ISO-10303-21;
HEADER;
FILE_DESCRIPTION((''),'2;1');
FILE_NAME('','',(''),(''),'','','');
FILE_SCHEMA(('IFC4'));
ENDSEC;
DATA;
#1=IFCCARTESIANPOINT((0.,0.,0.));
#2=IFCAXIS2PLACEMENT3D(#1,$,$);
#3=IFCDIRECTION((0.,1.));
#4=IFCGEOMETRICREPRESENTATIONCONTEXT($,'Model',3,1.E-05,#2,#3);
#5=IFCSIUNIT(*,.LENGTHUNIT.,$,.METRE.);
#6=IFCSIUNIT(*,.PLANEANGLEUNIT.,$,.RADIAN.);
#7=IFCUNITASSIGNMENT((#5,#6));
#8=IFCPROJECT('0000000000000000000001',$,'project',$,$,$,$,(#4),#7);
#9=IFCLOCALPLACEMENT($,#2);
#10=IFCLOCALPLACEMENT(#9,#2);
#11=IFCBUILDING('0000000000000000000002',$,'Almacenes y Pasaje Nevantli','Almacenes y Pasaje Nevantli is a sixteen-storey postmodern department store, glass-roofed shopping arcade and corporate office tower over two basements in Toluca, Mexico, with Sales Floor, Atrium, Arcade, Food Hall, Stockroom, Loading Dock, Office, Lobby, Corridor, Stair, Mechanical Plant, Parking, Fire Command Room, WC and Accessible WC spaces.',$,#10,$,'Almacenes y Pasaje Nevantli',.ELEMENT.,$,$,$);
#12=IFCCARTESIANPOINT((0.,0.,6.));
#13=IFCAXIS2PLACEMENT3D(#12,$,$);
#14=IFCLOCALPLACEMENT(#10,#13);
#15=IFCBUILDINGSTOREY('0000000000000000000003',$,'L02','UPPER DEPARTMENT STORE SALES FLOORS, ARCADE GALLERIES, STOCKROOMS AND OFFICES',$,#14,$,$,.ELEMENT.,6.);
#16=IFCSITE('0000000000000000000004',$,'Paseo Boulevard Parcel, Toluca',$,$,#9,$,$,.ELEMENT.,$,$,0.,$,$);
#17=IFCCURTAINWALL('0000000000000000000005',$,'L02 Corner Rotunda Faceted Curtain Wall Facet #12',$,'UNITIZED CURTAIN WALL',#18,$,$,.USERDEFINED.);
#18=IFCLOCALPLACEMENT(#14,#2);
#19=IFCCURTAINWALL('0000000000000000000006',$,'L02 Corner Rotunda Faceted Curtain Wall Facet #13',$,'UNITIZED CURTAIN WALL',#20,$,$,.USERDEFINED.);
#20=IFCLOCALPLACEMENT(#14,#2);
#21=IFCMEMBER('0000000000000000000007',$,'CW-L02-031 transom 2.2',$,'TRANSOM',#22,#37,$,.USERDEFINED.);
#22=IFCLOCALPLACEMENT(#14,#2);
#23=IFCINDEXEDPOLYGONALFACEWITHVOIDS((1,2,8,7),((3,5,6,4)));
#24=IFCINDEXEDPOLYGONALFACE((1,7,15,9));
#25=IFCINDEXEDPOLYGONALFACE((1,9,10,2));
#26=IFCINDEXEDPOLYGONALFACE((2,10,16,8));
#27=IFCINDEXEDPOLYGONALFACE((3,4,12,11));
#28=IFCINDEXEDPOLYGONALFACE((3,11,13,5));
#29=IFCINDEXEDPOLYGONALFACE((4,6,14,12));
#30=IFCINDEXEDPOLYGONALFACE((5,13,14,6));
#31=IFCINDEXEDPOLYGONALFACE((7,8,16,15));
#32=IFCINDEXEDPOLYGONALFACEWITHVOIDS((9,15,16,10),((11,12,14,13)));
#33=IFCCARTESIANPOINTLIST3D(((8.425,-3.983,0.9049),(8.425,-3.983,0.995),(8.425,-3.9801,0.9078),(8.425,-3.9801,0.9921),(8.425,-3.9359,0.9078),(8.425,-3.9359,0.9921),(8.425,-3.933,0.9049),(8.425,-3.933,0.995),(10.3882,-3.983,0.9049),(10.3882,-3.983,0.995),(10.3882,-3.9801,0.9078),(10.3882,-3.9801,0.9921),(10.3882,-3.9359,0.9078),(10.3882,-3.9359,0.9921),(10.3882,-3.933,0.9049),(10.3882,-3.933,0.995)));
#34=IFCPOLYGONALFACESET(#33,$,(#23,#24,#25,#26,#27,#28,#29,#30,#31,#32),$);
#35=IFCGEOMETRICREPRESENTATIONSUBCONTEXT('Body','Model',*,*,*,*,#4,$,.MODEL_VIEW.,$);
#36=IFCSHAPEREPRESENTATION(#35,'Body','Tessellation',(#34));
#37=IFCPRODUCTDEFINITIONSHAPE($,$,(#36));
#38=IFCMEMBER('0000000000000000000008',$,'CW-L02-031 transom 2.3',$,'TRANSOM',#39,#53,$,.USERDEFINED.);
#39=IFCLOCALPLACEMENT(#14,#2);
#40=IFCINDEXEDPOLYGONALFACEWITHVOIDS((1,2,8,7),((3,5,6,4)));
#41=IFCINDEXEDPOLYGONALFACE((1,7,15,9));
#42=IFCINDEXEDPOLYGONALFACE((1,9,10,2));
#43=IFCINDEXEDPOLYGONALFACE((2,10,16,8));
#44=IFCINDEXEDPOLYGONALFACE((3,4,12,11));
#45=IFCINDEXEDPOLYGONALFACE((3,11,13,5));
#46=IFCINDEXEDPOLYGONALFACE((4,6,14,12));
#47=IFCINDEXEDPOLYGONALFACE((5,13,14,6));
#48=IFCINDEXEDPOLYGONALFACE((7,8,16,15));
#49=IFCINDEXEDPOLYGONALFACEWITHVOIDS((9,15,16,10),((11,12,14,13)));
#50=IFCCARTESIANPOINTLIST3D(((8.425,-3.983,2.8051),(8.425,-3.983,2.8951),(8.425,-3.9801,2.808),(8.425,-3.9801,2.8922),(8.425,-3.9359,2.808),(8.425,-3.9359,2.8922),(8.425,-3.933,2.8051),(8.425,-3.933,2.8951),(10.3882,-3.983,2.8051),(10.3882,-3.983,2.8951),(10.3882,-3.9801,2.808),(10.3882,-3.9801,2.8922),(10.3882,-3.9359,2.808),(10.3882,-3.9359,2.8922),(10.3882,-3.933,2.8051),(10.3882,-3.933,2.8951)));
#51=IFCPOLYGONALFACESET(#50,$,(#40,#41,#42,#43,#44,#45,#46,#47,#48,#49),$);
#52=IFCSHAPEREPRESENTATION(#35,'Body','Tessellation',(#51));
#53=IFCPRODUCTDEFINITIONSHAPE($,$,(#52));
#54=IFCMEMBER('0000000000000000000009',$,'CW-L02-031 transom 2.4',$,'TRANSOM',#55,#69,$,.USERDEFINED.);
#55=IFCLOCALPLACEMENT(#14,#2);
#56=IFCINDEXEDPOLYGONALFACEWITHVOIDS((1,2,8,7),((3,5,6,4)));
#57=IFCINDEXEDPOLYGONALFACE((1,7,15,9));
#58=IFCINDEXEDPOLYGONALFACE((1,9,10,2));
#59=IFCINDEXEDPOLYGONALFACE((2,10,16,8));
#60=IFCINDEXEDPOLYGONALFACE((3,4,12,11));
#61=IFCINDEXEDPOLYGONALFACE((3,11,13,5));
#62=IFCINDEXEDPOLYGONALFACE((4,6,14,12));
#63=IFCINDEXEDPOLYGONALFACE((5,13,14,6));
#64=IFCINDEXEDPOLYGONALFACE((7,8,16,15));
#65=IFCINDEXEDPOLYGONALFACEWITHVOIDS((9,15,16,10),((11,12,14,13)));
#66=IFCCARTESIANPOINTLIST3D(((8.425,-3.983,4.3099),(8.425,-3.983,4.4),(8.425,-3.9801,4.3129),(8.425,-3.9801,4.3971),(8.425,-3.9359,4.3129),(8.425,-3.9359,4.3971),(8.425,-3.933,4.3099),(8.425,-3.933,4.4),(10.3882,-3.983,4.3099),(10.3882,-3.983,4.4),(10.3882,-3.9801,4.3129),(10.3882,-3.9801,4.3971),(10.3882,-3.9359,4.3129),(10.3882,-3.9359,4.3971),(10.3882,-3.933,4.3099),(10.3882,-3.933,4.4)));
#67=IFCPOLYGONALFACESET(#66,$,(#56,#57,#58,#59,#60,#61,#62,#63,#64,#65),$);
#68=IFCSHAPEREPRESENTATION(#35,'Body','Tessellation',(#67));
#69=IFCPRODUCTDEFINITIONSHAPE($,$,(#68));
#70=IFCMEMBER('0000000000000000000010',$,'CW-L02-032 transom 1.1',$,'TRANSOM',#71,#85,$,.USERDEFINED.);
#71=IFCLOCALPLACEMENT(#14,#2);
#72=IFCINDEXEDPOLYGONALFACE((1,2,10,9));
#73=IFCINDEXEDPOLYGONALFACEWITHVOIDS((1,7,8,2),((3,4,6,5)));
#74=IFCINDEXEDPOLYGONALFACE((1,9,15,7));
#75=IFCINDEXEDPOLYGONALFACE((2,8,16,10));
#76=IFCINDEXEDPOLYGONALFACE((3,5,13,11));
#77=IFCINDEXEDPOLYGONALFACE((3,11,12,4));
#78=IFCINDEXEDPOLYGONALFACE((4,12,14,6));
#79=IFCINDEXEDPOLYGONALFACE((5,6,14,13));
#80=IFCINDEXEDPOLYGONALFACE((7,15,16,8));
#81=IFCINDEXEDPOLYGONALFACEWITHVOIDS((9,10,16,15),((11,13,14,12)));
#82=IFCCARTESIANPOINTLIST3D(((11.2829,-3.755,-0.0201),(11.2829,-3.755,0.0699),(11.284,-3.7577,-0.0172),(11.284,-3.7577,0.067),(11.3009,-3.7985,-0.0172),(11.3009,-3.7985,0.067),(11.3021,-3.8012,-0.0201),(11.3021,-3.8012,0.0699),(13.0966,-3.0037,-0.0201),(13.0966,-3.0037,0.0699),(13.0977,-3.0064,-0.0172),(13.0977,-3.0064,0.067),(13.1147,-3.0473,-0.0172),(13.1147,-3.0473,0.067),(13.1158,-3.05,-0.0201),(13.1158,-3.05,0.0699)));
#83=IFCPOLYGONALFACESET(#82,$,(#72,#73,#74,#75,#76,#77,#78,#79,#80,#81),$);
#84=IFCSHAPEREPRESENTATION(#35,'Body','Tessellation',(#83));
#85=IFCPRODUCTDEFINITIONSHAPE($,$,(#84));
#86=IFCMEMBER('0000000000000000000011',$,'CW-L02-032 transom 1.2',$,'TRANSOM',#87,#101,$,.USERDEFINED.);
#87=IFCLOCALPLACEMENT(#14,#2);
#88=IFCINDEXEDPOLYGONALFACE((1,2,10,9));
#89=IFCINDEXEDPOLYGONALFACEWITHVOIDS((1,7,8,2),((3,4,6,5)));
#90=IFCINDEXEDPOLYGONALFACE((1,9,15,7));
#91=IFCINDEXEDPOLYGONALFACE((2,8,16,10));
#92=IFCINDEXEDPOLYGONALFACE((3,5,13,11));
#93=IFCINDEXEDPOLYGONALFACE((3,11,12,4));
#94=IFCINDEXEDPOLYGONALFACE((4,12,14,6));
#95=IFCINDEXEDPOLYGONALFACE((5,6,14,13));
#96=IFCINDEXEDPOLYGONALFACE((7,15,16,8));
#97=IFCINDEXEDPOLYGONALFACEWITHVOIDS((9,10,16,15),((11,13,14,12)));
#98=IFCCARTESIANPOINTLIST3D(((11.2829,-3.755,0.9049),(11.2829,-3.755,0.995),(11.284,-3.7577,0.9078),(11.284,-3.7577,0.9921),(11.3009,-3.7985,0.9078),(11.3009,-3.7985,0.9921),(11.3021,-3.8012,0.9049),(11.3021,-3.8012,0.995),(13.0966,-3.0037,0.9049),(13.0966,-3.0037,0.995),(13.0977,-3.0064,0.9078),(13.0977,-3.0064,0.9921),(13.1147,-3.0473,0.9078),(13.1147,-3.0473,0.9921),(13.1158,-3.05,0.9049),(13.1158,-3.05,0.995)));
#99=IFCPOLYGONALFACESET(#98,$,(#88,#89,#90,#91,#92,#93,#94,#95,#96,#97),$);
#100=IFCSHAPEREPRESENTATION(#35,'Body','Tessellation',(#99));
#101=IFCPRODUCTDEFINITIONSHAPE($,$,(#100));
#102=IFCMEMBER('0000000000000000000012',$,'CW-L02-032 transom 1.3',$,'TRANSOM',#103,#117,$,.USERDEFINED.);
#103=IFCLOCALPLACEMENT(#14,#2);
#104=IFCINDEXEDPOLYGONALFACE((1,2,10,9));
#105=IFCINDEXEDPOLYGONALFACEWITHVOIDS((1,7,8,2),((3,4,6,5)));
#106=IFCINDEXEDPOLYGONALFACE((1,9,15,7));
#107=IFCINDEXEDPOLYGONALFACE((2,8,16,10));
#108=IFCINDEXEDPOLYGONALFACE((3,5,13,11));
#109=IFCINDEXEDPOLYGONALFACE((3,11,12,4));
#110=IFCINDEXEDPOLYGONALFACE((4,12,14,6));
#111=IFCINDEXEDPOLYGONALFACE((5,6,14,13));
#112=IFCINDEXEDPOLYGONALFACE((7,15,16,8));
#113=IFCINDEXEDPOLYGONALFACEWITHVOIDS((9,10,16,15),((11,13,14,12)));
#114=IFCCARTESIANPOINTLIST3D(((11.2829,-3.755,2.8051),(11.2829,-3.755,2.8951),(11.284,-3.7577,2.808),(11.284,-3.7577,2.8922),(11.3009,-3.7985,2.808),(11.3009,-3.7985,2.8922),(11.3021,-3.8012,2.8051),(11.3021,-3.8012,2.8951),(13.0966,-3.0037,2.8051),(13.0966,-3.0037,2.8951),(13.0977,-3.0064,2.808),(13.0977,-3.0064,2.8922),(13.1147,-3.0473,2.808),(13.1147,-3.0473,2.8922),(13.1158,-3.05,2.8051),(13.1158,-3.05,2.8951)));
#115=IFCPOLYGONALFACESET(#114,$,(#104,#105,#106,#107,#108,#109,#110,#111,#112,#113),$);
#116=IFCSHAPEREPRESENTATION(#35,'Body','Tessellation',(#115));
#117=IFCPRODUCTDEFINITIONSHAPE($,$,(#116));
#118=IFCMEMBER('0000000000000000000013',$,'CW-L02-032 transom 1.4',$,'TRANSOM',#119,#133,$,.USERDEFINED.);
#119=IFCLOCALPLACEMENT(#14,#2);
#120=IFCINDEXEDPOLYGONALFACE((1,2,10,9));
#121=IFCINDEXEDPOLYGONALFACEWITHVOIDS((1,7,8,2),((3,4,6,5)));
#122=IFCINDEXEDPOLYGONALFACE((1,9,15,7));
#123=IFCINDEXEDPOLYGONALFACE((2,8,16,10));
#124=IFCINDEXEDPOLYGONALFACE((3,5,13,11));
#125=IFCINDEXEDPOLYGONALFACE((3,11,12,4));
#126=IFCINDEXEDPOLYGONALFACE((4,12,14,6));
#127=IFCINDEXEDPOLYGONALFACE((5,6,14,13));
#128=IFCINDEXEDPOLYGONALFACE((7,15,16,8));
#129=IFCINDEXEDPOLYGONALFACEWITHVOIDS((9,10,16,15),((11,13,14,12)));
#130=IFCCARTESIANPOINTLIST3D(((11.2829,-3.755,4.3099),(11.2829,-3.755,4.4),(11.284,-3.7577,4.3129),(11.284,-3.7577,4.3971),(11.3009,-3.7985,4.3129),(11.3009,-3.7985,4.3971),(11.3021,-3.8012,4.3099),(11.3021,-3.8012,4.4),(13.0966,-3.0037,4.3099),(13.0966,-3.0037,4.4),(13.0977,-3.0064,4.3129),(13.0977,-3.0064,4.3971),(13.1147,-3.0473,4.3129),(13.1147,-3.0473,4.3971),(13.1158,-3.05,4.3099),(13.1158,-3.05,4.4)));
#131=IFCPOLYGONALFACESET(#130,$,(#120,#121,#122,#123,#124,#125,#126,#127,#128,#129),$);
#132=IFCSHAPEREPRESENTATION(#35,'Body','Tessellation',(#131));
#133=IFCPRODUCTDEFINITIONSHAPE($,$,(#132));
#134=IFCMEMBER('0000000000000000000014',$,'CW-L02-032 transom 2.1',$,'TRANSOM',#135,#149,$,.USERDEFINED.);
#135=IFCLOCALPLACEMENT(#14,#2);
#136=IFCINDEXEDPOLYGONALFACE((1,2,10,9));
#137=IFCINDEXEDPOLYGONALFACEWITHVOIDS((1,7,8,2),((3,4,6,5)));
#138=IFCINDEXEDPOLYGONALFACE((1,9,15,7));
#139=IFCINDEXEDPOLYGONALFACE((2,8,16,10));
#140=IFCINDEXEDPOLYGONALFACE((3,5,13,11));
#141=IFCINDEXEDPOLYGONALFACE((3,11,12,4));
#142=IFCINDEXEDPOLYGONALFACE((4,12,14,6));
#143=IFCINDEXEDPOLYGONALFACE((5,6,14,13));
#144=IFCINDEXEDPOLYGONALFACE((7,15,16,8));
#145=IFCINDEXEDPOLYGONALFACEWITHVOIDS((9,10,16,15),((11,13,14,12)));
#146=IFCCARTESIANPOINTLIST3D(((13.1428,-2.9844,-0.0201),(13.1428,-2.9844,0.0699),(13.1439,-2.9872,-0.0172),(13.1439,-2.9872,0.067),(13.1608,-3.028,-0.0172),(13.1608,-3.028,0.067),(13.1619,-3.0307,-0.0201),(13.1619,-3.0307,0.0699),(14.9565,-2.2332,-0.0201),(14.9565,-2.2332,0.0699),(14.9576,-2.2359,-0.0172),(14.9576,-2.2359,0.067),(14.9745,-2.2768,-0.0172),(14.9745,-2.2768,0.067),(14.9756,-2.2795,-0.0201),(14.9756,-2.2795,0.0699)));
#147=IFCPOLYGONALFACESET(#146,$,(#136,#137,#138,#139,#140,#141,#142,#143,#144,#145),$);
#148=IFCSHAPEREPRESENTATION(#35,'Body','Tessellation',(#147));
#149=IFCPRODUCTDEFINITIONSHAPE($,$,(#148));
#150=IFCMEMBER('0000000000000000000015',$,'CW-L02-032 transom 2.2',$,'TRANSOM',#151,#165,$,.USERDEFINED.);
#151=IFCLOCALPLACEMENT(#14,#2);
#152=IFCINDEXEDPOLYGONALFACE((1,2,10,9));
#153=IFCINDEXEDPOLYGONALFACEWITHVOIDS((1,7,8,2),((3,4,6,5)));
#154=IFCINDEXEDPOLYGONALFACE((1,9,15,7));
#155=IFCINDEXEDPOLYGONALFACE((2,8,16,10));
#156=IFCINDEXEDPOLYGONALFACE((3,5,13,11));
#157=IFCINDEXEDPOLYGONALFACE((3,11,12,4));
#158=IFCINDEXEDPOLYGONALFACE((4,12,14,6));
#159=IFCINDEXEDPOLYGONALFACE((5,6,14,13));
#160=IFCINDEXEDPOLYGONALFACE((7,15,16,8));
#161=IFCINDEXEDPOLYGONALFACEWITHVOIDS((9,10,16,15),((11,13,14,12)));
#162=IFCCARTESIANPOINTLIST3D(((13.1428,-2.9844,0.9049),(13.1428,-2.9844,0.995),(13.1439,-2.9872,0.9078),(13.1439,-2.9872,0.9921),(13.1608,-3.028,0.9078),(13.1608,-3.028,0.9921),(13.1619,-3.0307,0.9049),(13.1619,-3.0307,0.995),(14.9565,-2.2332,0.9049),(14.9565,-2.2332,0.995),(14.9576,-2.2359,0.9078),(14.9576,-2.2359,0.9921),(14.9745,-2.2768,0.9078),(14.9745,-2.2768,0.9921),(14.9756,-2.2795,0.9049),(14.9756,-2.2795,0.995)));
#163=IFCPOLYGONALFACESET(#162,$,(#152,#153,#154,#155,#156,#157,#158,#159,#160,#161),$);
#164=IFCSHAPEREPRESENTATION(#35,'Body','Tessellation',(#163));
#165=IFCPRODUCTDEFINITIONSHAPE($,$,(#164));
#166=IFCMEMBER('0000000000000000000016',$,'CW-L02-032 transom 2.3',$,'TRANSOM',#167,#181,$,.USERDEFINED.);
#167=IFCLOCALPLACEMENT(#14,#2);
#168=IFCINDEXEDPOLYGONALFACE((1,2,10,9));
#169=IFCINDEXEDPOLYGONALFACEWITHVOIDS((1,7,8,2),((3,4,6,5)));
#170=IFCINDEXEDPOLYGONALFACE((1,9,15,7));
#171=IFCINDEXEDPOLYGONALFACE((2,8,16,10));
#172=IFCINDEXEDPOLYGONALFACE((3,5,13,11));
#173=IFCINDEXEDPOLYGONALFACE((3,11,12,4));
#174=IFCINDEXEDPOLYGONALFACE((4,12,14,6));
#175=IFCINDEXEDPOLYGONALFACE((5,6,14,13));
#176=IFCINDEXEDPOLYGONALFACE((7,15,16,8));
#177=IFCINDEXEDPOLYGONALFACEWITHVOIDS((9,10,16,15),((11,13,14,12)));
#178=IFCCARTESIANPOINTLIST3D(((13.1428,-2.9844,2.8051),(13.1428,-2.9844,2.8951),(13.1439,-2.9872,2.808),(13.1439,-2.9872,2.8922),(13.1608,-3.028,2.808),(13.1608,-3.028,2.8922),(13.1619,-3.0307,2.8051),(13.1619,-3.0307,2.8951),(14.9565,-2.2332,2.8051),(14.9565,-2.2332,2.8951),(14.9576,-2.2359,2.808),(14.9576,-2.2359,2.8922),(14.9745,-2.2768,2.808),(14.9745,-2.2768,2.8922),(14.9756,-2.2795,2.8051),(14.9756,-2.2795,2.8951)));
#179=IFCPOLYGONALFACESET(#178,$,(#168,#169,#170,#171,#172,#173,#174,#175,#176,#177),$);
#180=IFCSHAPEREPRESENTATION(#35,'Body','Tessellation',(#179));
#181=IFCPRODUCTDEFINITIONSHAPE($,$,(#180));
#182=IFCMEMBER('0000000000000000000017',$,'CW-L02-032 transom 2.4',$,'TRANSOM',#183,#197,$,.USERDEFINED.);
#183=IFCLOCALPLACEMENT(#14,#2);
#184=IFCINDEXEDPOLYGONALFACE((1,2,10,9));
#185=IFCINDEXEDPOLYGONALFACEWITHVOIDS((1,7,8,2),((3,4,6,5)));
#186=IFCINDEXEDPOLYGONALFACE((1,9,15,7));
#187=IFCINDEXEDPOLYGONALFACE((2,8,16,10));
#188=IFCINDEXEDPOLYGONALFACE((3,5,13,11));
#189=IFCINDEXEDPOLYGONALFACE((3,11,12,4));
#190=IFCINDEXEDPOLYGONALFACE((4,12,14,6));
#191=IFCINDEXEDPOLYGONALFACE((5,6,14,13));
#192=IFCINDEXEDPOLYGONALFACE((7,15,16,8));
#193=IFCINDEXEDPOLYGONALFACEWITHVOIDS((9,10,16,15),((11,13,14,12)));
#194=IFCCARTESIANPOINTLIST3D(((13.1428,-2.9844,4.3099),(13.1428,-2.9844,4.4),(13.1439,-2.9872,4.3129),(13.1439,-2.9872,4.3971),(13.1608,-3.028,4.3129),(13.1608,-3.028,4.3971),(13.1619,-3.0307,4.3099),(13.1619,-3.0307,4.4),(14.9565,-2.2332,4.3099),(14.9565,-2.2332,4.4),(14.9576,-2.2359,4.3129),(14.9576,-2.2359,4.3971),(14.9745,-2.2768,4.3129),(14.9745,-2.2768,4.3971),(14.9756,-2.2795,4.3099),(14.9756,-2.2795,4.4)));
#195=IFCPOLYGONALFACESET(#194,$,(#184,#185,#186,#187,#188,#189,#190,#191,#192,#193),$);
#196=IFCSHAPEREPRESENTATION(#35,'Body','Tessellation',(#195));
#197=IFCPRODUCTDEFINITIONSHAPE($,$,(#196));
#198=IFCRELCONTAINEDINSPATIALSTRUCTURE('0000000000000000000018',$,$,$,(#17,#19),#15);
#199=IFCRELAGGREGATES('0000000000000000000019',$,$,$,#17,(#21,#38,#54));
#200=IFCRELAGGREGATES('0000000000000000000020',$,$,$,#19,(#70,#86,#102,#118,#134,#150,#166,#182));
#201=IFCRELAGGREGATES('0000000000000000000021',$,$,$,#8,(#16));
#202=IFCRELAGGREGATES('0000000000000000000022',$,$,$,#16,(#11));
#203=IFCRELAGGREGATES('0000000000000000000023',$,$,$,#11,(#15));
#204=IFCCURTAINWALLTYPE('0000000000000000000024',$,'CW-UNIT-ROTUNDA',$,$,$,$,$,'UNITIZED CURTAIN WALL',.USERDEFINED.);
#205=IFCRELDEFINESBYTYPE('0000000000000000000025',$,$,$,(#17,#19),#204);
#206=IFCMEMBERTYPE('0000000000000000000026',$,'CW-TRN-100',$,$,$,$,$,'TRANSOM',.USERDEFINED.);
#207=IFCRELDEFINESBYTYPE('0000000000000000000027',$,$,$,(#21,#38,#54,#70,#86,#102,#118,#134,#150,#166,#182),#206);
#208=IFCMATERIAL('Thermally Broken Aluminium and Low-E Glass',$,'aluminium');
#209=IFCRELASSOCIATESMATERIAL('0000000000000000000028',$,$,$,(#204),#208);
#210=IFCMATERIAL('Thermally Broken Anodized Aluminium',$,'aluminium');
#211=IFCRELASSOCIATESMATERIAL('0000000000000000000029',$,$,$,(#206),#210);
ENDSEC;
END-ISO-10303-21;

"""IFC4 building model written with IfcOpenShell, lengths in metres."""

from ifc_helpers import new_model, si_unit, direction, frame, origin, origin_2d, place, context, subcontext, project, spatial, hollow_rectangle, extrude, material, material_profile, profile_set, type_object, element, aggregate, save


model = new_model("IFC4")

# Units and contexts
model_context = context("Model", 3, precision=1e-05, world=origin(), true_north=direction((0.0, 1.0)))
body_context = subcontext(model_context, "Body", "Model", "MODEL_VIEW")
ifc_project = project(units=[si_unit("LENGTHUNIT", "METRE"), si_unit("PLANEANGLEUNIT", "RADIAN")], contexts=[model_context])

# Site, building, storey
site_placement = place(None, origin())
site = spatial("IfcSite", under=ifc_project, at=site_placement, Name="Paseo Boulevard Parcel, Toluca", CompositionType="ELEMENT", RefElevation=0.0)
building_placement = place(site_placement, origin())
building = spatial("IfcBuilding", under=site, at=building_placement, Name="Almacenes y Pasaje Nevantli", Description="Almacenes y Pasaje Nevantli is a sixteen-storey postmodern department store, glass-roofed shopping arcade and corporate office tower over two basements in Toluca, Mexico, with Sales Floor, Atrium, Arcade, Food Hall, Stockroom, Loading Dock, Office, Lobby, Corridor, Stair, Mechanical Plant, Parking, Fire Command Room, WC and Accessible WC spaces.", LongName="Almacenes y Pasaje Nevantli", CompositionType="ELEMENT")
storey_placement = place(building_placement, frame((0.0, 0.0, 6.0)))
storey = spatial("IfcBuildingStorey", under=building, at=storey_placement, Name="L02", Description="UPPER DEPARTMENT STORE SALES FLOORS, ARCADE GALLERIES, STOCKROOMS AND OFFICES", CompositionType="ELEMENT", Elevation=6.0)

# Curtain wall
ifc_material_1 = material(Name="Thermally Broken Aluminium and Low-E Glass", Category="aluminium")
curtain_wall_type = type_object("IfcCurtainWallType", Name="CW-UNIT-ROTUNDA", ElementType="UNITIZED CURTAIN WALL", PredefinedType="USERDEFINED", material=ifc_material_1)
curtain_wall_1_placement = place(storey_placement, origin())
curtain_wall_1 = element("IfcCurtainWall", 1, at=curtain_wall_1_placement, inside=storey, type_object=curtain_wall_type, Name="L02 Corner Rotunda Faceted Curtain Wall Facet #12", ObjectType="UNITIZED CURTAIN WALL", PredefinedType="USERDEFINED")

# Curtain wall
curtain_wall_2_placement = place(storey_placement, origin())
curtain_wall_2 = element("IfcCurtainWall", 2, at=curtain_wall_2_placement, inside=storey, type_object=curtain_wall_type, Name="L02 Corner Rotunda Faceted Curtain Wall Facet #13", ObjectType="UNITIZED CURTAIN WALL", PredefinedType="USERDEFINED")

# Members
ifc_material_2 = material(Name="Thermally Broken Anodized Aluminium", Category="aluminium")
ifc_material_profile_1 = material_profile(ifc_material_2, hollow_rectangle(XDim=0.05, YDim=0.0901, WallThickness=0.0029, at=origin_2d()), Name="ALU-TRN-50x90")
ifc_profile_set_1 = profile_set([ifc_material_profile_1], Name="Thermally Broken Anodized Aluminium")
member_type_1 = type_object("IfcMemberType", Name="CW-TRN-100", ElementType="TRANSOM", PredefinedType="USERDEFINED", material=ifc_profile_set_1)
member_1_placement = place(storey_placement, frame((8.425, -3.958, 0.95), z_axis=(1.0, 0.0, 0.0), x_axis=(0.0, 1.0, 0.0)))
member_1 = element("IfcMember", 3, at=member_1_placement, type_object=member_type_1, Name="CW-L02-031 transom 2.2", ObjectType="TRANSOM", PredefinedType="USERDEFINED", context=body_context, shape_type="SweptSolid", body=[
    extrude(hollow_rectangle(XDim=0.05, YDim=0.0901, WallThickness=0.0029, at=origin_2d()), origin(), (0.0, 0.0, 1.0), 1.9631),
])
member_2_placement = place(storey_placement, frame((8.425, -3.958, 2.8501), z_axis=(1.0, 0.0, 0.0), x_axis=(0.0, 1.0, 0.0)))
member_2 = element("IfcMember", 4, at=member_2_placement, type_object=member_type_1, Name="CW-L02-031 transom 2.3", ObjectType="TRANSOM", PredefinedType="USERDEFINED", context=body_context, shape_type="SweptSolid", body=[
    extrude(hollow_rectangle(XDim=0.05, YDim=0.0901, WallThickness=0.0029, at=origin_2d()), origin(), (0.0, 0.0, 1.0), 1.9631),
])
member_3_placement = place(storey_placement, frame((8.425, -3.958, 4.355), z_axis=(1.0, 0.0, 0.0), x_axis=(0.0, 1.0, 0.0)))
member_3 = element("IfcMember", 5, at=member_3_placement, type_object=member_type_1, Name="CW-L02-031 transom 2.4", ObjectType="TRANSOM", PredefinedType="USERDEFINED", context=body_context, shape_type="SweptSolid", body=[
    extrude(hollow_rectangle(XDim=0.05, YDim=0.0901, WallThickness=0.0029, at=origin_2d()), origin(), (0.0, 0.0, 1.0), 1.9631),
])
member_4_placement = place(storey_placement, frame((11.2925, -3.7781, 0.0249), z_axis=(0.923888, 0.382663, 0.0), x_axis=(-0.382663, 0.923888, 0.0)))
member_4 = element("IfcMember", 6, at=member_4_placement, type_object=member_type_1, Name="CW-L02-032 transom 1.1", ObjectType="TRANSOM", PredefinedType="USERDEFINED", context=body_context, shape_type="SweptSolid", body=[
    extrude(hollow_rectangle(XDim=0.05, YDim=0.0901, WallThickness=0.0029, at=origin_2d()), origin(), (0.0, 0.0, 1.0), 1.9631),
])
member_5_placement = place(storey_placement, frame((11.2925, -3.7781, 0.95), z_axis=(0.923888, 0.382663, 0.0), x_axis=(-0.382663, 0.923888, 0.0)))
member_5 = element("IfcMember", 7, at=member_5_placement, type_object=member_type_1, Name="CW-L02-032 transom 1.2", ObjectType="TRANSOM", PredefinedType="USERDEFINED", context=body_context, shape_type="SweptSolid", body=[
    extrude(hollow_rectangle(XDim=0.05, YDim=0.0901, WallThickness=0.0029, at=origin_2d()), origin(), (0.0, 0.0, 1.0), 1.9631),
])
member_6_placement = place(storey_placement, frame((11.2925, -3.7781, 2.8501), z_axis=(0.923888, 0.382663, 0.0), x_axis=(-0.382663, 0.923888, 0.0)))
member_6 = element("IfcMember", 8, at=member_6_placement, type_object=member_type_1, Name="CW-L02-032 transom 1.3", ObjectType="TRANSOM", PredefinedType="USERDEFINED", context=body_context, shape_type="SweptSolid", body=[
    extrude(hollow_rectangle(XDim=0.05, YDim=0.0901, WallThickness=0.0029, at=origin_2d()), origin(), (0.0, 0.0, 1.0), 1.9631),
])
member_7_placement = place(storey_placement, frame((11.2925, -3.7781, 4.355), z_axis=(0.923888, 0.382663, 0.0), x_axis=(-0.382663, 0.923888, 0.0)))
member_7 = element("IfcMember", 9, at=member_7_placement, type_object=member_type_1, Name="CW-L02-032 transom 1.4", ObjectType="TRANSOM", PredefinedType="USERDEFINED", context=body_context, shape_type="SweptSolid", body=[
    extrude(hollow_rectangle(XDim=0.05, YDim=0.0901, WallThickness=0.0029, at=origin_2d()), origin(), (0.0, 0.0, 1.0), 1.9631),
])
member_8_placement = place(storey_placement, frame((13.1523, -3.0076, 0.0249), z_axis=(0.923888, 0.382663, 0.0), x_axis=(-0.382663, 0.923888, 0.0)))
member_8 = element("IfcMember", 10, at=member_8_placement, type_object=member_type_1, Name="CW-L02-032 transom 2.1", ObjectType="TRANSOM", PredefinedType="USERDEFINED", context=body_context, shape_type="SweptSolid", body=[
    extrude(hollow_rectangle(XDim=0.05, YDim=0.0901, WallThickness=0.0029, at=origin_2d()), origin(), (0.0, 0.0, 1.0), 1.9631),
])
member_9_placement = place(storey_placement, frame((13.1523, -3.0076, 0.95), z_axis=(0.923888, 0.382663, 0.0), x_axis=(-0.382663, 0.923888, 0.0)))
member_9 = element("IfcMember", 11, at=member_9_placement, type_object=member_type_1, Name="CW-L02-032 transom 2.2", ObjectType="TRANSOM", PredefinedType="USERDEFINED", context=body_context, shape_type="SweptSolid", body=[
    extrude(hollow_rectangle(XDim=0.05, YDim=0.0901, WallThickness=0.0029, at=origin_2d()), origin(), (0.0, 0.0, 1.0), 1.9631),
])
member_10_placement = place(storey_placement, frame((13.1523, -3.0076, 2.8501), z_axis=(0.923888, 0.382663, 0.0), x_axis=(-0.382663, 0.923888, 0.0)))
member_10 = element("IfcMember", 12, at=member_10_placement, type_object=member_type_1, Name="CW-L02-032 transom 2.3", ObjectType="TRANSOM", PredefinedType="USERDEFINED", context=body_context, shape_type="SweptSolid", body=[
    extrude(hollow_rectangle(XDim=0.05, YDim=0.0901, WallThickness=0.0029, at=origin_2d()), origin(), (0.0, 0.0, 1.0), 1.9631),
])
member_11_placement = place(storey_placement, frame((13.1523, -3.0076, 4.355), z_axis=(0.923888, 0.382663, 0.0), x_axis=(-0.382663, 0.923888, 0.0)))
member_11 = element("IfcMember", 13, at=member_11_placement, type_object=member_type_1, Name="CW-L02-032 transom 2.4", ObjectType="TRANSOM", PredefinedType="USERDEFINED", context=body_context, shape_type="SweptSolid", body=[
    extrude(hollow_rectangle(XDim=0.05, YDim=0.0901, WallThickness=0.0029, at=origin_2d()), origin(), (0.0, 0.0, 1.0), 1.9631),
])

aggregate(curtain_wall_1, [member_1, member_2, member_3])
aggregate(curtain_wall_2, [member_4, member_5, member_6, member_7, member_8, member_9, member_10, member_11])

save(model, "model.ifc")
